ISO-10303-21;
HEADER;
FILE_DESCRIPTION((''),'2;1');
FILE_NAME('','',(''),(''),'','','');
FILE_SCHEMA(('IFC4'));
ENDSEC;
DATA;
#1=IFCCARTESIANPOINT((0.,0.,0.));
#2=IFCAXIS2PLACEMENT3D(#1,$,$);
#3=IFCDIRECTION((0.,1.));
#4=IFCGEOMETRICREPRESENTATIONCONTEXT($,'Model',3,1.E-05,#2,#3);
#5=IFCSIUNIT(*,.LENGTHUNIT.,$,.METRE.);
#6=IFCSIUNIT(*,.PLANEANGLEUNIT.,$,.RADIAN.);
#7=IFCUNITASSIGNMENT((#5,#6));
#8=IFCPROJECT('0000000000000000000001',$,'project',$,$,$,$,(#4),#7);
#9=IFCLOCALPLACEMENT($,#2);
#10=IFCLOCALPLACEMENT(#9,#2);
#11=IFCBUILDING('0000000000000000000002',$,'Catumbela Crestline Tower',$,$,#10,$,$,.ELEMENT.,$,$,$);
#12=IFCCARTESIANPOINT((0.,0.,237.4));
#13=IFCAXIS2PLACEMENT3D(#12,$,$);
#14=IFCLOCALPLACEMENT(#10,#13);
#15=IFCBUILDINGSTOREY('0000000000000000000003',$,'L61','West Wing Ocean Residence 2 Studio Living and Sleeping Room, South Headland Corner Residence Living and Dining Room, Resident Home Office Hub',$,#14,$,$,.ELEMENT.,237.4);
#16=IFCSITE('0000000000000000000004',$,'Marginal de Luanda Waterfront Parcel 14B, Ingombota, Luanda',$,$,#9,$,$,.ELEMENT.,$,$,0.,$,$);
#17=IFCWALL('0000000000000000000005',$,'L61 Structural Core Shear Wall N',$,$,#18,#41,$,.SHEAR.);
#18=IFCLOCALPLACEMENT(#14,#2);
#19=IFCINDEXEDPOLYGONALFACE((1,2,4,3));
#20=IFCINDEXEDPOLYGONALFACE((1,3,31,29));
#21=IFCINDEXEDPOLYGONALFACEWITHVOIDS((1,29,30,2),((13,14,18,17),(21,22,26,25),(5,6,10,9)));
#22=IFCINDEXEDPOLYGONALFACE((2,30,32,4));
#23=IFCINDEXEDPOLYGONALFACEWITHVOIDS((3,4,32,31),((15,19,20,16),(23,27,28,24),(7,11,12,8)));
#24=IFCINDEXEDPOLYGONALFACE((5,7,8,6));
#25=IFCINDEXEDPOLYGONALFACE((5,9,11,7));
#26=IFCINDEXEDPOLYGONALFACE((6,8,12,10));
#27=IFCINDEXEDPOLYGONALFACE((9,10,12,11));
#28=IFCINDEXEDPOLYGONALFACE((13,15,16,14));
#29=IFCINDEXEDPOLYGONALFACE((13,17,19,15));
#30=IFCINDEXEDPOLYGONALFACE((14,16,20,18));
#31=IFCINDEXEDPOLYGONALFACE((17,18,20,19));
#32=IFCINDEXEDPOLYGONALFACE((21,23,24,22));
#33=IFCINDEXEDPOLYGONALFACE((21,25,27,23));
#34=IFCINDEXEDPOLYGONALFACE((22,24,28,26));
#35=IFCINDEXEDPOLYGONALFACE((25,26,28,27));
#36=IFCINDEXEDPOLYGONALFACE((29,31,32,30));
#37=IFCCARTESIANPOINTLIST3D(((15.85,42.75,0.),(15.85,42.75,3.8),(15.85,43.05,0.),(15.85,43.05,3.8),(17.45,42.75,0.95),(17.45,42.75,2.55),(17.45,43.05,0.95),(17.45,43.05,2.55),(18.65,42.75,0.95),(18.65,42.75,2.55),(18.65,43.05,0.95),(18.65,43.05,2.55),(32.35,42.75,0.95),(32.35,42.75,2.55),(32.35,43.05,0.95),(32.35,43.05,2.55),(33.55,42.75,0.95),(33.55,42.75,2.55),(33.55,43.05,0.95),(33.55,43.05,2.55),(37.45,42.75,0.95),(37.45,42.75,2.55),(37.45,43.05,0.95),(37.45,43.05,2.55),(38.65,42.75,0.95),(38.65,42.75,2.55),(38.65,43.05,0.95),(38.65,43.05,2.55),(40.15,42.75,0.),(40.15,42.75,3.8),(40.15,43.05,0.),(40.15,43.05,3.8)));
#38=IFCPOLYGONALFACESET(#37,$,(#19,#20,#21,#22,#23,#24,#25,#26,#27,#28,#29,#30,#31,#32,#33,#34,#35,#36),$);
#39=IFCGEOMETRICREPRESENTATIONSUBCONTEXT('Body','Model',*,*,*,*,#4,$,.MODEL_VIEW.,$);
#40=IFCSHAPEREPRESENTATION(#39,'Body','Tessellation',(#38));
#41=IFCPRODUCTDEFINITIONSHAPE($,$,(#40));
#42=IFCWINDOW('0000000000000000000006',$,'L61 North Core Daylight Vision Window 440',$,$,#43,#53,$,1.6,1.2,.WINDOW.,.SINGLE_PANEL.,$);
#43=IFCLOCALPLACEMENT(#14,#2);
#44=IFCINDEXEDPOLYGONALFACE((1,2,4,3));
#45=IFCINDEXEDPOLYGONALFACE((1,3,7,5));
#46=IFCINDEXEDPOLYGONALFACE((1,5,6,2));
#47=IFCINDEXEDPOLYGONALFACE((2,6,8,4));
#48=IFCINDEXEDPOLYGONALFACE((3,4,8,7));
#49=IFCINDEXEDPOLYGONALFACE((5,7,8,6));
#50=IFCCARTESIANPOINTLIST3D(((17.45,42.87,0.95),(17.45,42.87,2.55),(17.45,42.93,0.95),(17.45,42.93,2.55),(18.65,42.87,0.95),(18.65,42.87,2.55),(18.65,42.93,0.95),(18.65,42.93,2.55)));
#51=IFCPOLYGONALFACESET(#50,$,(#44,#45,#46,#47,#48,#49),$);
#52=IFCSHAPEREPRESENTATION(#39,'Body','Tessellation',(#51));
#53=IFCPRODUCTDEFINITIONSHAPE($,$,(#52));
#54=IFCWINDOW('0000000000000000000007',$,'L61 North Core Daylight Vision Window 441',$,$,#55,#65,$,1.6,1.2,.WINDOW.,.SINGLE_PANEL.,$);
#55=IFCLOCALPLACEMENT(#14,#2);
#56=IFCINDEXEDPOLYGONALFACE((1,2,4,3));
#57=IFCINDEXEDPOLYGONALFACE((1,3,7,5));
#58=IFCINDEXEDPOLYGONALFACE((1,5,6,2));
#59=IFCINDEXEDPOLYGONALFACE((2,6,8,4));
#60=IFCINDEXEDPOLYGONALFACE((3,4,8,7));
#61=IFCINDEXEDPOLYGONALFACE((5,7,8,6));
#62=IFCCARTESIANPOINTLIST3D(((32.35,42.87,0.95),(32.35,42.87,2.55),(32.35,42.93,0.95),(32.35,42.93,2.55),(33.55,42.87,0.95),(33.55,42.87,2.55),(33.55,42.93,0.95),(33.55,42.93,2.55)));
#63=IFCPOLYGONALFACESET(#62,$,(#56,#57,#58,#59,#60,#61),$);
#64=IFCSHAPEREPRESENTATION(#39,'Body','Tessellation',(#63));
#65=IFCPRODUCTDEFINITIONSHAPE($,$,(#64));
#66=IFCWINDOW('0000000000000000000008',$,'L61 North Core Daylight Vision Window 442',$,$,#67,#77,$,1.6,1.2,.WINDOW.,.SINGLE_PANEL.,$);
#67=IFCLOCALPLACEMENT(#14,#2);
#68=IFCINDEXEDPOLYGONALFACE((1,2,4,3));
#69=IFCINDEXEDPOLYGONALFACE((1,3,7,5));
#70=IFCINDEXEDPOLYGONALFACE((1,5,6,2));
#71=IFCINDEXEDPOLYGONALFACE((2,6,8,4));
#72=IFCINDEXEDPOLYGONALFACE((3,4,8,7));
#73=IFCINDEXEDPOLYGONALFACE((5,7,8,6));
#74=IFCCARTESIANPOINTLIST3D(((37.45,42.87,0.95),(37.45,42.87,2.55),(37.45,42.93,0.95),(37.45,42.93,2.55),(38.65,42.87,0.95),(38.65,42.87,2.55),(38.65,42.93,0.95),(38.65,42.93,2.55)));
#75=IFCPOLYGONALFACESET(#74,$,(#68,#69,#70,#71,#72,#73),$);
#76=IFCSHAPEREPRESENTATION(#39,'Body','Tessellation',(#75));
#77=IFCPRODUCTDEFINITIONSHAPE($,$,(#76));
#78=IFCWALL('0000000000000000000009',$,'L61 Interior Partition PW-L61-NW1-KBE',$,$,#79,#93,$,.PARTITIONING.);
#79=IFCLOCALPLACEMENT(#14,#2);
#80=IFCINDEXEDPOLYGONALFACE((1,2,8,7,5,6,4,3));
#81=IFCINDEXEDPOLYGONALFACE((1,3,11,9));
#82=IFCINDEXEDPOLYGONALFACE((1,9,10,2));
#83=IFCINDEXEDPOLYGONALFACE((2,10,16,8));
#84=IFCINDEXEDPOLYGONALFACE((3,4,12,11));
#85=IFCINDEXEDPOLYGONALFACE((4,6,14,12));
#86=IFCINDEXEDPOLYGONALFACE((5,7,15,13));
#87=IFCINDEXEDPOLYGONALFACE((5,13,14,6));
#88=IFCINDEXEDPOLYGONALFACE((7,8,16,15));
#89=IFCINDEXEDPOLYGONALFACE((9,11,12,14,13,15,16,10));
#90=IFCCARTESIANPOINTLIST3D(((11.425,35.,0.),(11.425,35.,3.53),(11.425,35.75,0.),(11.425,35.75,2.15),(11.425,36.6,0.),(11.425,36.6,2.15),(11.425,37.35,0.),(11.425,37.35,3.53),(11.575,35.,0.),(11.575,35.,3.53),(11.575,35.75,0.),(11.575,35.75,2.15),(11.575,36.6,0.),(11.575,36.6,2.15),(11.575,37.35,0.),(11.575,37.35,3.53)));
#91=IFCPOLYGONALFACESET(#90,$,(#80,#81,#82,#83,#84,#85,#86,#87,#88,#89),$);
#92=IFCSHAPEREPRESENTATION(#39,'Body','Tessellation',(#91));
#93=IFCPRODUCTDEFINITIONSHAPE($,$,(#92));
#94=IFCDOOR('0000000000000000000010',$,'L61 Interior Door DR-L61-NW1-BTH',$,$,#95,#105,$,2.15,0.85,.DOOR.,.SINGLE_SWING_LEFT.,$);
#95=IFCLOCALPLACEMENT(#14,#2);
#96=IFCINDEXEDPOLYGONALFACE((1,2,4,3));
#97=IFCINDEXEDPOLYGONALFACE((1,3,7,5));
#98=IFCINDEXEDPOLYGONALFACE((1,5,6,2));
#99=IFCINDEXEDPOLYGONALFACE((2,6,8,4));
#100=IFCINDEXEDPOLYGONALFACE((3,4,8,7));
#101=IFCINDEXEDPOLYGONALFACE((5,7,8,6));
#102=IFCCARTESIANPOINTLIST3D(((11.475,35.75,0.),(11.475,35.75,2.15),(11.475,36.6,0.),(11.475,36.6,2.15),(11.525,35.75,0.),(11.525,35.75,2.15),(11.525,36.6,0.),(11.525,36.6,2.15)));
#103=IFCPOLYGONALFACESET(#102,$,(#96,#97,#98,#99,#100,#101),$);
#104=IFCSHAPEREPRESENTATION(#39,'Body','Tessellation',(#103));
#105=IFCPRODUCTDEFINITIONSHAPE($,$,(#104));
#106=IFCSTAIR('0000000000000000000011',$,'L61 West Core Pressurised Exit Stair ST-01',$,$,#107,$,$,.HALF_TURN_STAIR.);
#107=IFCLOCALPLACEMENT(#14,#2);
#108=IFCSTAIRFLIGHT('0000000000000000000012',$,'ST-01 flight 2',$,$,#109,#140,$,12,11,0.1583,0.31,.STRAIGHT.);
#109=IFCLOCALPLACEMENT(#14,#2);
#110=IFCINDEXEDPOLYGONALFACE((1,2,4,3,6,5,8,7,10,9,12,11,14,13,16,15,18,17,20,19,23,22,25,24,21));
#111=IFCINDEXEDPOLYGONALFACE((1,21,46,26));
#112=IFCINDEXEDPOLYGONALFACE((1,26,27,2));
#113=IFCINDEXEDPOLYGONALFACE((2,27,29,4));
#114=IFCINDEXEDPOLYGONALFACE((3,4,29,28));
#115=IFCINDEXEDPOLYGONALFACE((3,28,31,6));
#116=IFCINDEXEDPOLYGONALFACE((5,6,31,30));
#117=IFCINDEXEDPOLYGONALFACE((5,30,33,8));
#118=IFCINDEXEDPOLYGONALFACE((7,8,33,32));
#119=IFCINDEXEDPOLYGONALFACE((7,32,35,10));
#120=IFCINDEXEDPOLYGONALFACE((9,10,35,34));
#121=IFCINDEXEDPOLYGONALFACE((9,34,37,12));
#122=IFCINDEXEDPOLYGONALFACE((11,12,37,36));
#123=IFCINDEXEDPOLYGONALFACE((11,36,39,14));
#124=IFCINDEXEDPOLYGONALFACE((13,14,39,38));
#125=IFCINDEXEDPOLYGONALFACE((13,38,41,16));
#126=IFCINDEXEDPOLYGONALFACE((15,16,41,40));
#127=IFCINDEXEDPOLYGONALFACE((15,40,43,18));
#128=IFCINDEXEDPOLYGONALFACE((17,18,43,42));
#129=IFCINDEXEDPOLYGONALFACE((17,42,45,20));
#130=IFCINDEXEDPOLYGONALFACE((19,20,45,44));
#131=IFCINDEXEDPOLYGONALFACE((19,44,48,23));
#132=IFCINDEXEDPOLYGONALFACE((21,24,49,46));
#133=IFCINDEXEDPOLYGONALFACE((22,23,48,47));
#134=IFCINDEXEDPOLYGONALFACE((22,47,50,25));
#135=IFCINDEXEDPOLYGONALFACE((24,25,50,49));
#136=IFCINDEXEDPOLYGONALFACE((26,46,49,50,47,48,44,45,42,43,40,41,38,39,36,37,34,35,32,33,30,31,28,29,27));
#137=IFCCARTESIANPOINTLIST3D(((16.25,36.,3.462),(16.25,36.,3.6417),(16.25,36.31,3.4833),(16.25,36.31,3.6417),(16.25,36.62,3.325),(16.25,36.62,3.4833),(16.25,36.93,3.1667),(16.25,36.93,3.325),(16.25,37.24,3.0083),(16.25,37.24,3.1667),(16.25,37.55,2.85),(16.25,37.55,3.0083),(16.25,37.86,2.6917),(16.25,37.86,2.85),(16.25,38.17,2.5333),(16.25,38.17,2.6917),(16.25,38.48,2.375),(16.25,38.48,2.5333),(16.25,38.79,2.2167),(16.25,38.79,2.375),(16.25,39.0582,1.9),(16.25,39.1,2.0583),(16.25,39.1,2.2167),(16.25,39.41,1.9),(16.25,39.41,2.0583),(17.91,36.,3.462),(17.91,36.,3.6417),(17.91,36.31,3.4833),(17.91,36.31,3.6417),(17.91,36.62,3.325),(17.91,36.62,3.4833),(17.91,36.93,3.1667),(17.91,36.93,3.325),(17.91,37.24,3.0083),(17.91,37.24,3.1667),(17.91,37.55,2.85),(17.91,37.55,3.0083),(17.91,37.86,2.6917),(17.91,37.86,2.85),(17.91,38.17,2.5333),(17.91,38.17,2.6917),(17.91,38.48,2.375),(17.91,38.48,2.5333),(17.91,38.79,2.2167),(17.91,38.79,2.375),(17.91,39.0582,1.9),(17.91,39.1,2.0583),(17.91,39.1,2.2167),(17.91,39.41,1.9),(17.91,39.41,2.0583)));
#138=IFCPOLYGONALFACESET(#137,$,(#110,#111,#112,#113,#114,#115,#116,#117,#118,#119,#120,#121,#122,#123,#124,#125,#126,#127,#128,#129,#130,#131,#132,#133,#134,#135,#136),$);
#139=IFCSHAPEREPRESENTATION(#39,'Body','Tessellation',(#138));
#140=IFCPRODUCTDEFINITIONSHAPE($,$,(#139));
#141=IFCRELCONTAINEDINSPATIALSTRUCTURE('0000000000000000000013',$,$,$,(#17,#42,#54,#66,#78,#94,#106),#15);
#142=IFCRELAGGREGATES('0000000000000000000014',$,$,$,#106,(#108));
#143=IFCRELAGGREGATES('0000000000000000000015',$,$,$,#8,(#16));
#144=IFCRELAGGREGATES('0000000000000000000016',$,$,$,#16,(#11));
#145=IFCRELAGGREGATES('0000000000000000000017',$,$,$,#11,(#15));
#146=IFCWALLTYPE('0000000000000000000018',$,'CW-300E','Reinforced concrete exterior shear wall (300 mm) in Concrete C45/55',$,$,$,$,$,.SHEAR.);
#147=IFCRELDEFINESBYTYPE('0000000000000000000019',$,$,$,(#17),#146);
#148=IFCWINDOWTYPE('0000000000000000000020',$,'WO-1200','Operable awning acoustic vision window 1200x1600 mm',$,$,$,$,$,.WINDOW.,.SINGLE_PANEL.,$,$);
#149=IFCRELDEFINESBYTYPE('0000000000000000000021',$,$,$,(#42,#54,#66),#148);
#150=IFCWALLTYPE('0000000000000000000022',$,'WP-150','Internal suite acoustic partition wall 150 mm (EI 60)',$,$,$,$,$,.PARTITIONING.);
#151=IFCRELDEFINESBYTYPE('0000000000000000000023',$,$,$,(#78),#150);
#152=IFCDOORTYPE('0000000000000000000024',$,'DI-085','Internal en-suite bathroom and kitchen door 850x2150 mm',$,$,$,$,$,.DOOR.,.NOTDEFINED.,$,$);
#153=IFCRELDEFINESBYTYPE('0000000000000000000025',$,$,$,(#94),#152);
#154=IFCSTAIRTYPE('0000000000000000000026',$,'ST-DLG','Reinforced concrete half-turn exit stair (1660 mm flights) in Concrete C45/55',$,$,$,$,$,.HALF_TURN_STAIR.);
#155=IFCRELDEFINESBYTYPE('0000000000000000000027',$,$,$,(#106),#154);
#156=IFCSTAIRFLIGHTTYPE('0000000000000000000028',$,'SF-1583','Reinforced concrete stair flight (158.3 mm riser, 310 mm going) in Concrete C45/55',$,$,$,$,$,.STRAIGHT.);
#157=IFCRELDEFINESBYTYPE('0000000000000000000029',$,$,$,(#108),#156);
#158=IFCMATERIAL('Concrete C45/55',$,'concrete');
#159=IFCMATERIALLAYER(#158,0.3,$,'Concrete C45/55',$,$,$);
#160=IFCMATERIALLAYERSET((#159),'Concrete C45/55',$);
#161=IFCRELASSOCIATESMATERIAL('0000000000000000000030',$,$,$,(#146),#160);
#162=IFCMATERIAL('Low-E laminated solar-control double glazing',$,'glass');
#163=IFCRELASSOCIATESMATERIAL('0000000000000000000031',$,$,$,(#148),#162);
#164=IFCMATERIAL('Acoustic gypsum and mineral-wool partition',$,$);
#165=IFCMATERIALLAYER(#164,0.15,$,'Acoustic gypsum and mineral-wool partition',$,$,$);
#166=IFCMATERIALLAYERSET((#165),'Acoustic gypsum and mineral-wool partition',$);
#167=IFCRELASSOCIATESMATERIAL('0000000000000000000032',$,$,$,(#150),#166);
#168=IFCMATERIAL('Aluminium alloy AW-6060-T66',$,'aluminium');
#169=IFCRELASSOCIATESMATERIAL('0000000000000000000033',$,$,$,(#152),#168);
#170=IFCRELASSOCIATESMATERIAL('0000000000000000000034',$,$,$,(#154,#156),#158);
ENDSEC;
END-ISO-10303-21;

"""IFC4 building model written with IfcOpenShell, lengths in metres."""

from ifc_helpers import new_model, si_unit, direction, frame, frame_2d, origin, place, context, subcontext, project, spatial, polyline, rectangle, outline, extrude, material, layer, layer_set, type_object, element, fill, aggregate, save


model = new_model("IFC4")

# Units and contexts
model_context = context("Model", 3, precision=1e-05, world=origin(), true_north=direction((0.0, 1.0)))
body_context = subcontext(model_context, "Body", "Model", "MODEL_VIEW")
ifc_project = project(units=[si_unit("LENGTHUNIT", "METRE"), si_unit("PLANEANGLEUNIT", "RADIAN")], contexts=[model_context])

# Site, building, storey
site_placement = place(None, origin())
site = spatial("IfcSite", under=ifc_project, at=site_placement, Name="Marginal de Luanda Waterfront Parcel 14B, Ingombota, Luanda", CompositionType="ELEMENT", RefElevation=0.0)
building_placement = place(site_placement, origin())
building = spatial("IfcBuilding", under=site, at=building_placement, Name="Catumbela Crestline Tower", CompositionType="ELEMENT")
storey_placement = place(building_placement, frame((0.0, 0.0, 237.4)))
storey = spatial("IfcBuildingStorey", under=building, at=storey_placement, Name="L61", Description="West Wing Ocean Residence 2 Studio Living and Sleeping Room, South Headland Corner Residence Living and Dining Room, Resident Home Office Hub", CompositionType="ELEMENT", Elevation=237.4)

# Shared definitions
ifc_material_1 = material(Name="Aluminium alloy AW-6060-T66", Category="aluminium")
ifc_material_2 = material(Name="Low-E laminated solar-control double glazing", Category="glass")

# Wall, openings, windows
ifc_material_3 = material(Name="Concrete C45/55", Category="concrete")
ifc_layer_1 = layer(ifc_material_3, 0.3, Name="Concrete C45/55")
ifc_layer_set_1 = layer_set([ifc_layer_1], Name="Concrete C45/55")
wall_type_1 = type_object("IfcWallType", Name="CW-300E", Description="Reinforced concrete exterior shear wall (300 mm) in Concrete C45/55", PredefinedType="SHEAR", material=ifc_layer_set_1)
wall_1_placement = place(storey_placement, frame((15.85, 42.9, 0.0), z_axis=(0.0, 0.0, 1.0), x_axis=(1.0, 0.0, 0.0)))
wall_1 = element("IfcWall", 1, at=wall_1_placement, inside=storey, type_object=wall_type_1, Name="L61 Structural Core Shear Wall N", PredefinedType="SHEAR", context=body_context, shape_type="SweptSolid", body=[
    extrude(rectangle(XDim=24.3, YDim=0.3, at=frame_2d((12.15, 0.0))), origin(), (0.0, 0.0, 1.0), 3.8),
])
opening_1_placement = place(wall_1_placement, frame((1.6, 0.0, 0.95)))
opening_1 = element("IfcOpeningElement", 2, at=opening_1_placement, cuts=wall_1, PredefinedType="OPENING", context=body_context, shape_type="SweptSolid", body=[
    extrude(rectangle(XDim=1.2, YDim=1.6, at=frame_2d((0.6, 0.8))), frame((0.0, 0.16, 0.0), z_axis=(0.0, -1.0, 0.0), x_axis=(1.0, 0.0, 0.0)), (0.0, 0.0, 1.0), 0.32),
])
opening_2_placement = place(wall_1_placement, frame((16.5, 0.0, 0.95)))
opening_2 = element("IfcOpeningElement", 3, at=opening_2_placement, cuts=wall_1, PredefinedType="OPENING", context=body_context, shape_type="SweptSolid", body=[
    extrude(rectangle(XDim=1.2, YDim=1.6, at=frame_2d((0.6, 0.8))), frame((0.0, 0.16, 0.0), z_axis=(0.0, -1.0, 0.0), x_axis=(1.0, 0.0, 0.0)), (0.0, 0.0, 1.0), 0.32),
])
opening_3_placement = place(wall_1_placement, frame((21.6, 0.0, 0.95)))
opening_3 = element("IfcOpeningElement", 4, at=opening_3_placement, cuts=wall_1, PredefinedType="OPENING", context=body_context, shape_type="SweptSolid", body=[
    extrude(rectangle(XDim=1.2, YDim=1.6, at=frame_2d((0.6, 0.8))), frame((0.0, 0.16, 0.0), z_axis=(0.0, -1.0, 0.0), x_axis=(1.0, 0.0, 0.0)), (0.0, 0.0, 1.0), 0.32),
])
window_type = type_object("IfcWindowType", Name="WO-1200", Description="Operable awning acoustic vision window 1200x1600 mm", PartitioningType="SINGLE_PANEL", PredefinedType="WINDOW", material=ifc_material_2)
window_1_placement = place(opening_1_placement, origin())
window_1 = element("IfcWindow", 5, at=window_1_placement, inside=storey, type_object=window_type, Name="L61 North Core Daylight Vision Window 440", OverallHeight=1.6, OverallWidth=1.2, PartitioningType="SINGLE_PANEL", PredefinedType="WINDOW", context=body_context, shape_type="SweptSolid", body=[
    extrude(rectangle(XDim=1.2, YDim=1.6, at=frame_2d((0.6, 0.8))), frame((0.0, 0.03, 0.0), z_axis=(0.0, -1.0, 0.0), x_axis=(1.0, 0.0, 0.0)), (0.0, 0.0, 1.0), 0.06),
])
fill(opening_1, window_1)
window_2_placement = place(opening_2_placement, origin())
window_2 = element("IfcWindow", 6, at=window_2_placement, inside=storey, type_object=window_type, Name="L61 North Core Daylight Vision Window 441", OverallHeight=1.6, OverallWidth=1.2, PartitioningType="SINGLE_PANEL", PredefinedType="WINDOW", context=body_context, shape_type="SweptSolid", body=[
    extrude(rectangle(XDim=1.2, YDim=1.6, at=frame_2d((0.6, 0.8))), frame((0.0, 0.03, 0.0), z_axis=(0.0, -1.0, 0.0), x_axis=(1.0, 0.0, 0.0)), (0.0, 0.0, 1.0), 0.06),
])
fill(opening_2, window_2)
window_3_placement = place(opening_3_placement, origin())
window_3 = element("IfcWindow", 7, at=window_3_placement, inside=storey, type_object=window_type, Name="L61 North Core Daylight Vision Window 442", OverallHeight=1.6, OverallWidth=1.2, PartitioningType="SINGLE_PANEL", PredefinedType="WINDOW", context=body_context, shape_type="SweptSolid", body=[
    extrude(rectangle(XDim=1.2, YDim=1.6, at=frame_2d((0.6, 0.8))), frame((0.0, 0.03, 0.0), z_axis=(0.0, -1.0, 0.0), x_axis=(1.0, 0.0, 0.0)), (0.0, 0.0, 1.0), 0.06),
])
fill(opening_3, window_3)

# Wall, opening, door
ifc_material_4 = material(Name="Acoustic gypsum and mineral-wool partition")
ifc_layer_2 = layer(ifc_material_4, 0.15, Name="Acoustic gypsum and mineral-wool partition")
ifc_layer_set_2 = layer_set([ifc_layer_2], Name="Acoustic gypsum and mineral-wool partition")
wall_type_2 = type_object("IfcWallType", Name="WP-150", Description="Internal suite acoustic partition wall 150 mm (EI 60)", PredefinedType="PARTITIONING", material=ifc_layer_set_2)
wall_2_placement = place(storey_placement, frame((11.5, 35.0, 0.0), z_axis=(0.0, 0.0, 1.0), x_axis=(0.0, 1.0, 0.0)))
wall_2 = element("IfcWall", 8, at=wall_2_placement, inside=storey, type_object=wall_type_2, Name="L61 Interior Partition PW-L61-NW1-KBE", PredefinedType="PARTITIONING", context=body_context, shape_type="SweptSolid", body=[
    extrude(rectangle(XDim=2.35, YDim=0.15, at=frame_2d((1.175, 0.0))), origin(), (0.0, 0.0, 1.0), 3.53),
])
opening_4_placement = place(wall_2_placement, frame((0.75, 0.0, 0.0)))
opening_4 = element("IfcOpeningElement", 9, at=opening_4_placement, cuts=wall_2, PredefinedType="OPENING", context=body_context, shape_type="SweptSolid", body=[
    extrude(rectangle(XDim=0.85, YDim=2.15, at=frame_2d((0.425, 1.075))), frame((0.0, 0.085, 0.0), z_axis=(0.0, -1.0, 0.0), x_axis=(1.0, 0.0, 0.0)), (0.0, 0.0, 1.0), 0.17),
])
door_type_1 = type_object("IfcDoorType", Name="DI-085", Description="Internal en-suite bathroom and kitchen door 850x2150 mm", OperationType="NOTDEFINED", PredefinedType="DOOR", material=ifc_material_1)
door_1_placement = place(opening_4_placement, origin())
door_1 = element("IfcDoor", 10, at=door_1_placement, inside=storey, type_object=door_type_1, Name="L61 Interior Door DR-L61-NW1-BTH", OperationType="SINGLE_SWING_LEFT", OverallHeight=2.15, OverallWidth=0.85, PredefinedType="DOOR", context=body_context, shape_type="SweptSolid", body=[
    extrude(rectangle(XDim=0.85, YDim=2.15, at=frame_2d((0.425, 1.075))), frame((0.0, 0.025, 0.0), z_axis=(0.0, -1.0, 0.0), x_axis=(1.0, 0.0, 0.0)), (0.0, 0.0, 1.0), 0.05),
])
fill(opening_4, door_1)

# Stair, stair flight
stair_type = type_object("IfcStairType", Name="ST-DLG", Description="Reinforced concrete half-turn exit stair (1660 mm flights) in Concrete C45/55", PredefinedType="HALF_TURN_STAIR", material=ifc_material_3)
stair_placement = place(storey_placement, origin())
stair = element("IfcStair", 11, at=stair_placement, inside=storey, type_object=stair_type, Name="L61 West Core Pressurised Exit Stair ST-01", PredefinedType="HALF_TURN_STAIR")
stair_flight_type = type_object("IfcStairFlightType", Name="SF-1583", Description="Reinforced concrete stair flight (158.3 mm riser, 310 mm going) in Concrete C45/55", PredefinedType="STRAIGHT", material=ifc_material_3)
stair_flight_placement = place(storey_placement, frame((17.08, 39.41, 1.9), z_axis=(0.0, 0.0, 1.0), x_axis=(0.0, -1.0, 0.0)))
stair_flight = element("IfcStairFlight", 12, at=stair_flight_placement, type_object=stair_flight_type, Name="ST-01 flight 2", NumberOfRisers=12, NumberOfTreads=11, PredefinedType="STRAIGHT", RiserHeight=0.1583, TreadLength=0.31, context=body_context, shape_type="SweptSolid", body=[
    extrude(outline(polyline([(0.0, 0.0), (0.0, 0.1583), (0.31, 0.1583), (0.31, 0.3167), (0.62, 0.3167), (0.62, 0.475), (0.93, 0.475), (0.93, 0.6333), (1.24, 0.6333), (1.24, 0.7917), (1.55, 0.7917), (1.55, 0.95), (1.86, 0.95), (1.86, 1.1083), (2.17, 1.1083), (2.17, 1.2667), (2.48, 1.2667), (2.48, 1.425), (2.79, 1.425), (2.79, 1.5833), (3.1, 1.5833), (3.1, 1.7417), (3.41, 1.7417), (3.41, 1.9), (3.41, 1.562), (0.3518, 0.0), (0.0, 0.0)])), frame((0.0, 0.83, 0.0), z_axis=(0.0, -1.0, 0.0), x_axis=(1.0, 0.0, 0.0)), (0.0, 0.0, 1.0), 1.66),
])
aggregate(stair, [stair_flight])

save(model, "model.ifc")
